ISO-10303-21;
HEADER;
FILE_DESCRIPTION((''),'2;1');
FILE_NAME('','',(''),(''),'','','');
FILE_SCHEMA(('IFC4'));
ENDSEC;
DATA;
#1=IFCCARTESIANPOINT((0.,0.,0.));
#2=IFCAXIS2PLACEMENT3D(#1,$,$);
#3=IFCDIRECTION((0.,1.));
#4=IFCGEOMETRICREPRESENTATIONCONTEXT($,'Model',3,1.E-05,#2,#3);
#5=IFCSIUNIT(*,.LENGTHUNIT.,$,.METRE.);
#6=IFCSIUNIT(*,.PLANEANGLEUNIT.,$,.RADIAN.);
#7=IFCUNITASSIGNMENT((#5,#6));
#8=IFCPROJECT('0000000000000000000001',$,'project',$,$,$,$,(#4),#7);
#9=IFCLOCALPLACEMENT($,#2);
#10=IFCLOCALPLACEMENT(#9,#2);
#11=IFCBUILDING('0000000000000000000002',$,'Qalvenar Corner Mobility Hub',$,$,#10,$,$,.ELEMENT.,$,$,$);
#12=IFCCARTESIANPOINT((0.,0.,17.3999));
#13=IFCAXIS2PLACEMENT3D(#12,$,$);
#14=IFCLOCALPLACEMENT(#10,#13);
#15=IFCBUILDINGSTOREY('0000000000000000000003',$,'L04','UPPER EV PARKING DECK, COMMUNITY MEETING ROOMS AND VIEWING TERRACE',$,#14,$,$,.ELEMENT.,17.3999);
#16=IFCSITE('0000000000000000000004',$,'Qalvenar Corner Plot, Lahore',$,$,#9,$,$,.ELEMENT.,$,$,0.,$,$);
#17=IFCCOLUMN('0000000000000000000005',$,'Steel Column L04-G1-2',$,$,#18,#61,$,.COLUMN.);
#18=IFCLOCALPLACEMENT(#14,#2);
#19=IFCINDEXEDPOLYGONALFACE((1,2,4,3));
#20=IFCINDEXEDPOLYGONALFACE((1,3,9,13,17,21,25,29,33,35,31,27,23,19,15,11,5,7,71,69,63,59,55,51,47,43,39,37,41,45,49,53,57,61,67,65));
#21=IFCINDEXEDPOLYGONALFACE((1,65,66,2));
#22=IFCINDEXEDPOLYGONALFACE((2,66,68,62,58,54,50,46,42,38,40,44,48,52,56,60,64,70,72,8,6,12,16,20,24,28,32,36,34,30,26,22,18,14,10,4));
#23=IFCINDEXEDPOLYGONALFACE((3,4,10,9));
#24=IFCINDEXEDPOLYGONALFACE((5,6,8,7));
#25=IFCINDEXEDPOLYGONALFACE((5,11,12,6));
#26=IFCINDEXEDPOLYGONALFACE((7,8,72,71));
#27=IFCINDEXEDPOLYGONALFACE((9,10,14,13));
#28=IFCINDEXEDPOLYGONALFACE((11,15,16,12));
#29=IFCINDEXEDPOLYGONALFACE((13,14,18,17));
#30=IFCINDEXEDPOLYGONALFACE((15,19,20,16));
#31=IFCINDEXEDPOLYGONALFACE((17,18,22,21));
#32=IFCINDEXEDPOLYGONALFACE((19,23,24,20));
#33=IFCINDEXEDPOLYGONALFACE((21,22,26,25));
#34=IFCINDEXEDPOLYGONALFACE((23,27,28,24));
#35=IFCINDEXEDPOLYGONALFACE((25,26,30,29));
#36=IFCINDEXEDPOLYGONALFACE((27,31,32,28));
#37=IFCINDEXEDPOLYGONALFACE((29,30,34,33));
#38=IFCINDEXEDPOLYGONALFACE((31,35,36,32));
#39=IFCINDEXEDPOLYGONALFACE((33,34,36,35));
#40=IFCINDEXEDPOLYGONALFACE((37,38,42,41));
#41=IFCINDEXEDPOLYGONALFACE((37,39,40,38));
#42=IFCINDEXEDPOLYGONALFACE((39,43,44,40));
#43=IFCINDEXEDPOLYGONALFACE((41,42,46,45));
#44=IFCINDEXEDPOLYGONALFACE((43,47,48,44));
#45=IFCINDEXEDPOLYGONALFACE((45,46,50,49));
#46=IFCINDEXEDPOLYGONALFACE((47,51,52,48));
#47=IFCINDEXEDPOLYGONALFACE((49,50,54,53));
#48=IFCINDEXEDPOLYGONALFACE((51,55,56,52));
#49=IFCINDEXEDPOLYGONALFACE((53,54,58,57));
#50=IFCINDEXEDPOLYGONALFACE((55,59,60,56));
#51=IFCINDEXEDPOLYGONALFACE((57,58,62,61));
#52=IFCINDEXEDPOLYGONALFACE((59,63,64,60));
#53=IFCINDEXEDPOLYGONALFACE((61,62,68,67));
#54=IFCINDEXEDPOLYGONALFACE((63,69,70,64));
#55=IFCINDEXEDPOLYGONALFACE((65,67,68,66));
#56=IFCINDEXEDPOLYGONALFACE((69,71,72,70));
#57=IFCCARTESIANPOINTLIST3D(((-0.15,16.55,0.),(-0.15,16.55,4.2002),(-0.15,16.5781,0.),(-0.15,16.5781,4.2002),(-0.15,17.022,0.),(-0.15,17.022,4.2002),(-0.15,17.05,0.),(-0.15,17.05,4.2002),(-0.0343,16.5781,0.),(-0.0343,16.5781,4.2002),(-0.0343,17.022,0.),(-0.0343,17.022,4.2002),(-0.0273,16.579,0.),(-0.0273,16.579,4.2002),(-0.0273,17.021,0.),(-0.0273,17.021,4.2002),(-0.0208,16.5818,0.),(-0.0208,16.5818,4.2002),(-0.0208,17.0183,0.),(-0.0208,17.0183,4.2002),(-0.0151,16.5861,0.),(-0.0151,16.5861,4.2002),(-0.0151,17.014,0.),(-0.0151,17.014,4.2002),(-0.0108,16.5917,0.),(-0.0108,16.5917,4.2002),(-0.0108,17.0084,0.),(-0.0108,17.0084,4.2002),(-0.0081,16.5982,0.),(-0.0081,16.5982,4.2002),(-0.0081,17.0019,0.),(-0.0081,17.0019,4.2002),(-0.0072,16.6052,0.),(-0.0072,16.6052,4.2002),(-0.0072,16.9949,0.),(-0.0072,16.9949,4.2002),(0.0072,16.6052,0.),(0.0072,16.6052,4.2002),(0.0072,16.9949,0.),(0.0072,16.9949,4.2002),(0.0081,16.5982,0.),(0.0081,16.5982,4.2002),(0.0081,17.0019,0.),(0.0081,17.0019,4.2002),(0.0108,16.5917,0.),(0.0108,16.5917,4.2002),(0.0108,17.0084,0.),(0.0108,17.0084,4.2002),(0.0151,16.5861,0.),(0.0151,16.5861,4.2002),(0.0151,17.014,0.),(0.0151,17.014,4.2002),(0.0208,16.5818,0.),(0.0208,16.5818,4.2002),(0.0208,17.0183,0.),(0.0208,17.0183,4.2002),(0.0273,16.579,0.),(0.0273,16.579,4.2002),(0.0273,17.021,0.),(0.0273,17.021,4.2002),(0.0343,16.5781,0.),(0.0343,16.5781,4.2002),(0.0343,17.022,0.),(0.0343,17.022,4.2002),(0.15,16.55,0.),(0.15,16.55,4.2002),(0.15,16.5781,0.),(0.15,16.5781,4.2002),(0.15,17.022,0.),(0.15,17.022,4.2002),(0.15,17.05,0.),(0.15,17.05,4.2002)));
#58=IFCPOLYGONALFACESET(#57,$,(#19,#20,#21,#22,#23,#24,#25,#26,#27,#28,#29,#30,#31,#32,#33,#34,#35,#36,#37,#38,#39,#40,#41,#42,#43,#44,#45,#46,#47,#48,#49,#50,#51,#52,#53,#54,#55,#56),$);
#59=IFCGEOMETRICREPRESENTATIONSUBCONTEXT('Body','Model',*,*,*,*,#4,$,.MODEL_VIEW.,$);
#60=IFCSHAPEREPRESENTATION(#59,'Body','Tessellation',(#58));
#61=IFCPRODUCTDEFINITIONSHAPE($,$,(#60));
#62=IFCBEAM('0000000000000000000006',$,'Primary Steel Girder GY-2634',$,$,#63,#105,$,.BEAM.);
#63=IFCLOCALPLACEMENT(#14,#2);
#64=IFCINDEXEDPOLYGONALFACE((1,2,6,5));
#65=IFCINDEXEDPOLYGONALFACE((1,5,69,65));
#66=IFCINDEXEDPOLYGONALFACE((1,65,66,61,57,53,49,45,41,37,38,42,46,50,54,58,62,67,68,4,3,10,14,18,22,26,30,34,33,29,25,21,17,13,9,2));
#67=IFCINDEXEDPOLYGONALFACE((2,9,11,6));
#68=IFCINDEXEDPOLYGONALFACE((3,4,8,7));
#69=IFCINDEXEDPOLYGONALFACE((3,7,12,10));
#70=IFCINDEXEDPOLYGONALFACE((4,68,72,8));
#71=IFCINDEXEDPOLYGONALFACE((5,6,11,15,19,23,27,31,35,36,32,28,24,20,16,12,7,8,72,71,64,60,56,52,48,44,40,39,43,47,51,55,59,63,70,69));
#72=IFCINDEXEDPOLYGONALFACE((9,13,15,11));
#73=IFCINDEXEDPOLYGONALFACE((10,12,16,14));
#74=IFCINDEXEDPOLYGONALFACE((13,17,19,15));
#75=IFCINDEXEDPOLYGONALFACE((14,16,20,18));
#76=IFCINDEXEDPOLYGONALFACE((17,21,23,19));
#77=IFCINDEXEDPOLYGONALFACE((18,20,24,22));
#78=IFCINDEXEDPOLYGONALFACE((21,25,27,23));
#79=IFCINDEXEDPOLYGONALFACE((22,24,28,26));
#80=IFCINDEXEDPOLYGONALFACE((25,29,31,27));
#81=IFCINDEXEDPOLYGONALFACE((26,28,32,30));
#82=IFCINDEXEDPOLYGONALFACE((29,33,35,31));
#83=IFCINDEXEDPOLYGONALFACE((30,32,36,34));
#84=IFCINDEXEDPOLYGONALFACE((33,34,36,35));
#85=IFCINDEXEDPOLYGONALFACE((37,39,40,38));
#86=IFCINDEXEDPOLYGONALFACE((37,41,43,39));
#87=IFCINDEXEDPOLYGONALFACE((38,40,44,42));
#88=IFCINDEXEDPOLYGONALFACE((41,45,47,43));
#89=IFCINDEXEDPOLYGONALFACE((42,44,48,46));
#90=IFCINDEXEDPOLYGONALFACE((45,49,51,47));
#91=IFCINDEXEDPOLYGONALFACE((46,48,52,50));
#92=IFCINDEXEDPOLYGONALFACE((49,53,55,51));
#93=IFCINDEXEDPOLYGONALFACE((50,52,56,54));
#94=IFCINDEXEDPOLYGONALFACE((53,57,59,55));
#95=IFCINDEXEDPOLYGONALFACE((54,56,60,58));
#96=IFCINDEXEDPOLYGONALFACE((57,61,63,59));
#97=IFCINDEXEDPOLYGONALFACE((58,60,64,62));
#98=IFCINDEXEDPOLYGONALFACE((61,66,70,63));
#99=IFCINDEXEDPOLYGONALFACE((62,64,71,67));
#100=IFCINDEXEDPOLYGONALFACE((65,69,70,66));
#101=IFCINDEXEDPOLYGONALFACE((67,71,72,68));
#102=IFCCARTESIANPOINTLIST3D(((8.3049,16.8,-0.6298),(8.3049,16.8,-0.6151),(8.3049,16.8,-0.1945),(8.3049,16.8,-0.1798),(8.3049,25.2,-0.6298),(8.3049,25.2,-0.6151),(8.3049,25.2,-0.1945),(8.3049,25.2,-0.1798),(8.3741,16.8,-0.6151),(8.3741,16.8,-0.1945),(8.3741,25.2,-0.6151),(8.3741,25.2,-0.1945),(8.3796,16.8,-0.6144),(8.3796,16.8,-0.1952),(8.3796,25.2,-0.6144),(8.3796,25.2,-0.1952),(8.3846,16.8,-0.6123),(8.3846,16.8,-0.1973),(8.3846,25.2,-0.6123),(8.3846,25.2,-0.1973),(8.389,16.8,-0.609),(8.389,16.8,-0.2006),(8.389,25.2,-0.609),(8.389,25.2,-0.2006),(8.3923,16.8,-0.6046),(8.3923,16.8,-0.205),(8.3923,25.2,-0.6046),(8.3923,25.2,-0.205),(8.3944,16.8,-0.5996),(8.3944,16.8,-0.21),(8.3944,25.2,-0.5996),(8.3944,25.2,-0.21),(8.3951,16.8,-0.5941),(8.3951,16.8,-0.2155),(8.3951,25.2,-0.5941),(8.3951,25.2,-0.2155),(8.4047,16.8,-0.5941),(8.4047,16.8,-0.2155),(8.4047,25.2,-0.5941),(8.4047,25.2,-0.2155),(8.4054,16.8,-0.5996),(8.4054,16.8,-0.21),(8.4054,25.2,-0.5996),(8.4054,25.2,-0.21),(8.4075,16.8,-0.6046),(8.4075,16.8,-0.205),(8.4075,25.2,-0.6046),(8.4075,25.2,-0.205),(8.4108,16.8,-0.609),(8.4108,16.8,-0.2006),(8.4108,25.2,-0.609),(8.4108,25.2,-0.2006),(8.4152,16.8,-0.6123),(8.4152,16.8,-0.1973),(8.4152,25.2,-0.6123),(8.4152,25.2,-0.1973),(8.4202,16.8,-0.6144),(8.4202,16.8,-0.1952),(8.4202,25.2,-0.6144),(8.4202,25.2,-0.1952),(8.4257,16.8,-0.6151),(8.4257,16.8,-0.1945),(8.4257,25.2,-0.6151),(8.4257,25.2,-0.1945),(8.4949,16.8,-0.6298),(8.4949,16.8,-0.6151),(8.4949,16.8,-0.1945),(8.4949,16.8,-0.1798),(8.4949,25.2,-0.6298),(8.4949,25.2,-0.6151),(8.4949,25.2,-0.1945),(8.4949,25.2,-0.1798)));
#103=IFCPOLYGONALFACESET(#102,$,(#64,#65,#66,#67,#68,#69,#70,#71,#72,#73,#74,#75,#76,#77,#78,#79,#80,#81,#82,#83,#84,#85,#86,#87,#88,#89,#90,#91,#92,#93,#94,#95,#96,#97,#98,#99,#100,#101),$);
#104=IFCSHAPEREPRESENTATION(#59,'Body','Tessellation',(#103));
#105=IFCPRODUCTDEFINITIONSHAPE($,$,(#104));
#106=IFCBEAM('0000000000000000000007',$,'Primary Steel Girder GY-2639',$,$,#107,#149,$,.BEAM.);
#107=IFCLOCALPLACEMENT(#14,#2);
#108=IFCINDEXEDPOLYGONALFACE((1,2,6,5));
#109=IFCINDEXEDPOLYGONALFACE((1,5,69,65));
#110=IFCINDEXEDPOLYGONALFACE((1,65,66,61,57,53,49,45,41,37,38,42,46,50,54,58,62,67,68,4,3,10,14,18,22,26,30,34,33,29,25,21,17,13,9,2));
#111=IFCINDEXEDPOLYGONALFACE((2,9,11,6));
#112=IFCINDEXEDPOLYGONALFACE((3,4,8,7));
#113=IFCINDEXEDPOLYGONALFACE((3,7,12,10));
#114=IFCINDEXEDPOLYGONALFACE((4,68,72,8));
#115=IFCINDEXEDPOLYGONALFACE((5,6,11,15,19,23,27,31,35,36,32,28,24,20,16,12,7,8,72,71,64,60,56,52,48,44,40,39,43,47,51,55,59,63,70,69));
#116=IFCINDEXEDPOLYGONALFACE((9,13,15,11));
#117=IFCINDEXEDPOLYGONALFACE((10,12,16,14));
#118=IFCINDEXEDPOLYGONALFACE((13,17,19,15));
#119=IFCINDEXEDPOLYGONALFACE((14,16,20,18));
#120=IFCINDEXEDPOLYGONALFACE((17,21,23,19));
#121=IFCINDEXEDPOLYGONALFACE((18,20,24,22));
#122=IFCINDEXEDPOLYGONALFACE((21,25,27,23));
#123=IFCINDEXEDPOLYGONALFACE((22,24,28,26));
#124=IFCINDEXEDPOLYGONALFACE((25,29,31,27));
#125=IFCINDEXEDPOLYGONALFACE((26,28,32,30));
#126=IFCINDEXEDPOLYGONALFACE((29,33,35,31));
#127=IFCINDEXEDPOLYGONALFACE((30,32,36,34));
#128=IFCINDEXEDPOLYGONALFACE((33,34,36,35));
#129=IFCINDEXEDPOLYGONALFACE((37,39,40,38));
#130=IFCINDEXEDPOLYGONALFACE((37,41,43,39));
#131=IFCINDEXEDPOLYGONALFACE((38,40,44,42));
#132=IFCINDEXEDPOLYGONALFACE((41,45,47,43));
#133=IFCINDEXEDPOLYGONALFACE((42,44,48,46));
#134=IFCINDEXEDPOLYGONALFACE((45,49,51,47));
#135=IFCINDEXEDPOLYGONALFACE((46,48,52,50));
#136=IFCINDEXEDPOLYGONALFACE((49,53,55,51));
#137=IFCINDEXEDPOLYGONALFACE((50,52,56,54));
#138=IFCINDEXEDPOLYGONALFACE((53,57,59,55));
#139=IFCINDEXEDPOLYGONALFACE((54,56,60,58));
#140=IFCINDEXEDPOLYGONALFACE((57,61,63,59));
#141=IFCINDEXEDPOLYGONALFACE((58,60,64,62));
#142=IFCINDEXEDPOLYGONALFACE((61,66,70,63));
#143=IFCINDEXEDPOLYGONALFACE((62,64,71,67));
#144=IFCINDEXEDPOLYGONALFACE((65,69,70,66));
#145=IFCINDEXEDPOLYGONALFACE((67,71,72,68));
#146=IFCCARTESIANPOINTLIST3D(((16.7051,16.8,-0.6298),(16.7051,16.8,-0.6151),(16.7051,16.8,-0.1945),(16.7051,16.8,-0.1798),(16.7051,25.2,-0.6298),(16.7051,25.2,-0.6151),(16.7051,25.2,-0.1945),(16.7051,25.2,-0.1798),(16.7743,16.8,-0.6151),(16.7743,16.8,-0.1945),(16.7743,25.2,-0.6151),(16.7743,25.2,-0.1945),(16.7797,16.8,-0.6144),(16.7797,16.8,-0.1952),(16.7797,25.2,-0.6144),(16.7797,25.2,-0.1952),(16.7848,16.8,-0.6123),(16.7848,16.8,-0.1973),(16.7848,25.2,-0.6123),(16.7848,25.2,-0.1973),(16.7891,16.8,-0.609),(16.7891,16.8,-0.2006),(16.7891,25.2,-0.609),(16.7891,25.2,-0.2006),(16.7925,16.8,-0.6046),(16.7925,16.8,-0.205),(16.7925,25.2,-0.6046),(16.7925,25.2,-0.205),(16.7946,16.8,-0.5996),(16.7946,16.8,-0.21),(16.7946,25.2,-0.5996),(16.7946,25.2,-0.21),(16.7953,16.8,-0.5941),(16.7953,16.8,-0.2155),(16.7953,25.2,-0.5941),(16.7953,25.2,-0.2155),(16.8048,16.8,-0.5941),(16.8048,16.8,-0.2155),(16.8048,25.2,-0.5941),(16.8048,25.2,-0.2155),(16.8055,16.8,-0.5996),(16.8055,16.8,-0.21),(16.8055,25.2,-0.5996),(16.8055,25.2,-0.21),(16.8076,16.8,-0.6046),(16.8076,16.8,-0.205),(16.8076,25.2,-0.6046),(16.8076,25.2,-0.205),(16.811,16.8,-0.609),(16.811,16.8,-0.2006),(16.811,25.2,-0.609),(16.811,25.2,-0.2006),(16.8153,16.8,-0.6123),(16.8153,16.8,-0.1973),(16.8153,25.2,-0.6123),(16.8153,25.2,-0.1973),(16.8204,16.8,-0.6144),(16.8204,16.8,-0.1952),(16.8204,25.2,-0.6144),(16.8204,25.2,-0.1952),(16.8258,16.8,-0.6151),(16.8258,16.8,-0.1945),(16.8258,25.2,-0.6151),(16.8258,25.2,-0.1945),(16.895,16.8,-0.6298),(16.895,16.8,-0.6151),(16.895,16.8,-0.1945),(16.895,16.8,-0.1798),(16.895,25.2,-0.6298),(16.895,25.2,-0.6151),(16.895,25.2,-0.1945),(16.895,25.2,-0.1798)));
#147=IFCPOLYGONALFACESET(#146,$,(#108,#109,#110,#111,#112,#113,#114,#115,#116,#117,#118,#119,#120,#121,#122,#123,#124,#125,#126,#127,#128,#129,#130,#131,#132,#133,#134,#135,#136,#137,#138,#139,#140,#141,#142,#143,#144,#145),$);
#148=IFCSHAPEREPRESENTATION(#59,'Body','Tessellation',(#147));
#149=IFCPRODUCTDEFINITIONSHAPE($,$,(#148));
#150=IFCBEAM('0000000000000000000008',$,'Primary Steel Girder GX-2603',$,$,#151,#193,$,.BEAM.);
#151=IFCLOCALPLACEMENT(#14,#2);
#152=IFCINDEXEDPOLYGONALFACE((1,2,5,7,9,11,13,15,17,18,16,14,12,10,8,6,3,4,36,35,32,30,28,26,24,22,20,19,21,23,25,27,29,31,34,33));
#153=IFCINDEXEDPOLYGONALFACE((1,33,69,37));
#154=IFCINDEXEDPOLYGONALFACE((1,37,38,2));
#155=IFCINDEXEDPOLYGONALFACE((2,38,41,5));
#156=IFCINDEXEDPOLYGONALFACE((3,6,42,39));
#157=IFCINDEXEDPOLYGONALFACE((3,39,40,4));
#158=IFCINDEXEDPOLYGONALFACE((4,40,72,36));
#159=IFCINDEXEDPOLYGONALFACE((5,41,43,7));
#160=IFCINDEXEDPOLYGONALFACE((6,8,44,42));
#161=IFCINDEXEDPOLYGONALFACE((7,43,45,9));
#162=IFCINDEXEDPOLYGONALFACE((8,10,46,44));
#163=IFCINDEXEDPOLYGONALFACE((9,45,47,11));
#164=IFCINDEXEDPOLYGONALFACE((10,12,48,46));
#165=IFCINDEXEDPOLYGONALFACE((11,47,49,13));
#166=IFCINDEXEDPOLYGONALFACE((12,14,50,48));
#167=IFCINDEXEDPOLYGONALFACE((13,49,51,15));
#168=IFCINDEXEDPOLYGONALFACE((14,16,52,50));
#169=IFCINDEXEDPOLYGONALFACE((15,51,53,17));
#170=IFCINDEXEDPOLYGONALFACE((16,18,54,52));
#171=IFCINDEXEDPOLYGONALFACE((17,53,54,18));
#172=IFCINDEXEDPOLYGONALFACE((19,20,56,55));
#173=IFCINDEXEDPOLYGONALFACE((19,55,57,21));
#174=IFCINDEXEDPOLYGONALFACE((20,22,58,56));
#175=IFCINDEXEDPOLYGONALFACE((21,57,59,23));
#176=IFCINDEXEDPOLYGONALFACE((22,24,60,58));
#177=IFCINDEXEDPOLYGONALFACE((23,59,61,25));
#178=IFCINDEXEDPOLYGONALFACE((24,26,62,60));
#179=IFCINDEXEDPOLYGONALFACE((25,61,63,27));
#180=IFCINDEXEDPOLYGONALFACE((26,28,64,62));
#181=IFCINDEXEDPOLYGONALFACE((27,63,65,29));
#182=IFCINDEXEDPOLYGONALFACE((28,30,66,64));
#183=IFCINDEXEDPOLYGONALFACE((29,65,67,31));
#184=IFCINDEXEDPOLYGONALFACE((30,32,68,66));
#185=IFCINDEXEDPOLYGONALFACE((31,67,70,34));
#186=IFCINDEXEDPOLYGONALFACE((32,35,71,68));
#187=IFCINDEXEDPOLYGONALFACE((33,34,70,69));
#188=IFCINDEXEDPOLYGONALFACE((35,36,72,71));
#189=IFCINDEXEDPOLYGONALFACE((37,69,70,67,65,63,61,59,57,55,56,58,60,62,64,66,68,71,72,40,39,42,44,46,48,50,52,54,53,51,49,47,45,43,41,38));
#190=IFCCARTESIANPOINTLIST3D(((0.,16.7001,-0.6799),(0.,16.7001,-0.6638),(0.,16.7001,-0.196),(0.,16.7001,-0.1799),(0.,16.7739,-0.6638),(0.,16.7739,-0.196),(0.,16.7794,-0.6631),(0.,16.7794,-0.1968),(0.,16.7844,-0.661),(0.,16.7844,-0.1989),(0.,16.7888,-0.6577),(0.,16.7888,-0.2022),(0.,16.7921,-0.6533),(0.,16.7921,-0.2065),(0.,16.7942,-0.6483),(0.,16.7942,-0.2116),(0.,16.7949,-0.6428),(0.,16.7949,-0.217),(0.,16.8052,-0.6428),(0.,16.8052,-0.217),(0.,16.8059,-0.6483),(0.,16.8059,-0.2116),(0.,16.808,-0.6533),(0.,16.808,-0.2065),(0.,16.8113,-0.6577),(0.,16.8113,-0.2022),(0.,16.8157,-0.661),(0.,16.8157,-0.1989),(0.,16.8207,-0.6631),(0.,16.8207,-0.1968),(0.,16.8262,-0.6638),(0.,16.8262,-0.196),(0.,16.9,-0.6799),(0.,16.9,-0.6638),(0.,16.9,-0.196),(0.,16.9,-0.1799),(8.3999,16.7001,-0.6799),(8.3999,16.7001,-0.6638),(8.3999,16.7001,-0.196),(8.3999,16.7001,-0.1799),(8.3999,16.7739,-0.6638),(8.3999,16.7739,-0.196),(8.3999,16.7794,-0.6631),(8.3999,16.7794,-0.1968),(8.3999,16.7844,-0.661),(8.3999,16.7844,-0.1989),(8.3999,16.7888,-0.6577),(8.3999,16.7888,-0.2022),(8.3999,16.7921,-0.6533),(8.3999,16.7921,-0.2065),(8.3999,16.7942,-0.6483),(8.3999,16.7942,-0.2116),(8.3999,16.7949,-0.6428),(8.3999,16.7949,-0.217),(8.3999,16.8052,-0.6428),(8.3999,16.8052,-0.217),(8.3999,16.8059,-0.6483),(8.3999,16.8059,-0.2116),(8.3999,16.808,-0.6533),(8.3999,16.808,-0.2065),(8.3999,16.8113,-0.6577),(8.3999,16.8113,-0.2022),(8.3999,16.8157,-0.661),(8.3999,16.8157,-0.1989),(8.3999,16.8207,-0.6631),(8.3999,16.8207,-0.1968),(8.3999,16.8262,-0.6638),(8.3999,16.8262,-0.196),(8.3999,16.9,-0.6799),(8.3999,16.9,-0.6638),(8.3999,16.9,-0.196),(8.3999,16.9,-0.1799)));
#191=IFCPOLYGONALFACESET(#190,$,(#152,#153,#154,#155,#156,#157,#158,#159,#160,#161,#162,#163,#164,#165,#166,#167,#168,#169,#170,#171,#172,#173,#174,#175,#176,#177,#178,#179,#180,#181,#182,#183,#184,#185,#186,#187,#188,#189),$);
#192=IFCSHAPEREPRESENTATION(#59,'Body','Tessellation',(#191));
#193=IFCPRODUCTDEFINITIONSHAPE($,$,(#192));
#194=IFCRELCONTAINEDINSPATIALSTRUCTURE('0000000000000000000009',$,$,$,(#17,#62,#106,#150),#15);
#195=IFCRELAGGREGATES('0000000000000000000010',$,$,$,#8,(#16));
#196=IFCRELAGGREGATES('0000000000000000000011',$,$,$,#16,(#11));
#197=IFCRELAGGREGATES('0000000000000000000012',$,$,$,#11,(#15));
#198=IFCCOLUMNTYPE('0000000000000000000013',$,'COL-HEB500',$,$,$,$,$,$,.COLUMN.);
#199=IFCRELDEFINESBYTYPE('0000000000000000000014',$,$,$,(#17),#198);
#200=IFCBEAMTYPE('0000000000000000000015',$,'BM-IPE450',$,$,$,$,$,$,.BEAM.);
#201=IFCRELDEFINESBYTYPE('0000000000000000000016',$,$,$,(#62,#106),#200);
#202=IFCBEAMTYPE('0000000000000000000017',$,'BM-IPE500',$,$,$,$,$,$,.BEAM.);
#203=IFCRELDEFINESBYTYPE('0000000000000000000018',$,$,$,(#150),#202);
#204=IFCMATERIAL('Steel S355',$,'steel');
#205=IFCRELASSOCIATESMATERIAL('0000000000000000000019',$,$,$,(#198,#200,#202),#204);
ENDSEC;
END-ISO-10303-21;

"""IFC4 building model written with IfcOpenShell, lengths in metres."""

from ifc_helpers import new_model, si_unit, direction, frame, origin, origin_2d, place, context, subcontext, project, spatial, i_section, extrude, material, material_profile, profile_set, type_object, element, save


model = new_model("IFC4")

# Units and contexts
model_context = context("Model", 3, precision=1e-05, world=origin(), true_north=direction((0.0, 1.0)))
body_context = subcontext(model_context, "Body", "Model", "MODEL_VIEW")
ifc_project = project(units=[si_unit("LENGTHUNIT", "METRE"), si_unit("PLANEANGLEUNIT", "RADIAN")], contexts=[model_context])

# Site, building, storey
site_placement = place(None, origin())
site = spatial("IfcSite", under=ifc_project, at=site_placement, Name="Qalvenar Corner Plot, Lahore", CompositionType="ELEMENT", RefElevation=0.0)
building_placement = place(site_placement, origin())
building = spatial("IfcBuilding", under=site, at=building_placement, Name="Qalvenar Corner Mobility Hub", CompositionType="ELEMENT")
storey_placement = place(building_placement, frame((0.0, 0.0, 17.3999)))
storey = spatial("IfcBuildingStorey", under=building, at=storey_placement, Name="L04", Description="UPPER EV PARKING DECK, COMMUNITY MEETING ROOMS AND VIEWING TERRACE", CompositionType="ELEMENT", Elevation=17.3999)

# Column
ifc_material_1 = material(Name="Steel S355", Category="steel")
ifc_material_profile_1 = material_profile(ifc_material_1, i_section(OverallWidth=0.3, OverallDepth=0.5, WebThickness=0.0144, FlangeThickness=0.0281, FilletRadius=0.0271, at=origin_2d()), Name="HEB500")
ifc_profile_set_1 = profile_set([ifc_material_profile_1], Name="Steel S355")
column_type = type_object("IfcColumnType", Name="COL-HEB500", PredefinedType="COLUMN", material=ifc_profile_set_1)
column_placement = place(storey_placement, frame((0.0, 16.8, 0.0), z_axis=(0.0, 0.0, 1.0), x_axis=(1.0, 0.0, 0.0)))
element("IfcColumn", 1, at=column_placement, inside=storey, type_object=column_type, Name="Steel Column L04-G1-2", PredefinedType="COLUMN", context=body_context, shape_type="SweptSolid", body=[
    extrude(i_section(OverallWidth=0.3, OverallDepth=0.5, WebThickness=0.0144, FlangeThickness=0.0281, FilletRadius=0.0271, at=origin_2d()), origin(), (0.0, 0.0, 1.0), 4.2002),
])

# Beams
ifc_material_profile_2 = material_profile(ifc_material_1, i_section(OverallWidth=0.1899, OverallDepth=0.45, WebThickness=0.0095, FlangeThickness=0.0146, FilletRadius=0.021, at=origin_2d()), Name="IPE450")
ifc_profile_set_2 = profile_set([ifc_material_profile_2], Name="Steel S355")
beam_type_1 = type_object("IfcBeamType", Name="BM-IPE450", PredefinedType="BEAM", material=ifc_profile_set_2)
for number, where, z_axis, x_axis, name in (
    (2, (8.3999, 16.8, -0.4048), (0.0, 1.0, 0.0), (-1.0, 0.0, 0.0), "Primary Steel Girder GY-2634"),
    (3, (16.8, 16.8, -0.4048), (0.0, 1.0, 0.0), (-1.0, 0.0, 0.0), "Primary Steel Girder GY-2639"),
):
    element("IfcBeam", number, at=place(storey_placement, frame(where, z_axis=z_axis, x_axis=x_axis)), inside=storey, type_object=beam_type_1, Name=name, PredefinedType="BEAM", context=body_context, shape_type="SweptSolid", body=[
        extrude(i_section(OverallWidth=0.1899, OverallDepth=0.45, WebThickness=0.0095, FlangeThickness=0.0146, FilletRadius=0.021, at=origin_2d()), origin(), (0.0, 0.0, 1.0), 8.3999),
    ])
ifc_material_profile_3 = material_profile(ifc_material_1, i_section(OverallWidth=0.2, OverallDepth=0.5, WebThickness=0.0103, FlangeThickness=0.0161, FilletRadius=0.021, at=origin_2d()), Name="IPE500")
ifc_profile_set_3 = profile_set([ifc_material_profile_3], Name="Steel S355")
beam_type_2 = type_object("IfcBeamType", Name="BM-IPE500", PredefinedType="BEAM", material=ifc_profile_set_3)
beam_1_placement = place(storey_placement, frame((0.0, 16.8, -0.4299), z_axis=(1.0, 0.0, 0.0), x_axis=(0.0, 1.0, 0.0)))
element("IfcBeam", 4, at=beam_1_placement, inside=storey, type_object=beam_type_2, Name="Primary Steel Girder GX-2603", PredefinedType="BEAM", context=body_context, shape_type="SweptSolid", body=[
    extrude(i_section(OverallWidth=0.2, OverallDepth=0.5, WebThickness=0.0103, FlangeThickness=0.0161, FilletRadius=0.021, at=origin_2d()), origin(), (0.0, 0.0, 1.0), 8.3999),
])

save(model, "model.ifc")
